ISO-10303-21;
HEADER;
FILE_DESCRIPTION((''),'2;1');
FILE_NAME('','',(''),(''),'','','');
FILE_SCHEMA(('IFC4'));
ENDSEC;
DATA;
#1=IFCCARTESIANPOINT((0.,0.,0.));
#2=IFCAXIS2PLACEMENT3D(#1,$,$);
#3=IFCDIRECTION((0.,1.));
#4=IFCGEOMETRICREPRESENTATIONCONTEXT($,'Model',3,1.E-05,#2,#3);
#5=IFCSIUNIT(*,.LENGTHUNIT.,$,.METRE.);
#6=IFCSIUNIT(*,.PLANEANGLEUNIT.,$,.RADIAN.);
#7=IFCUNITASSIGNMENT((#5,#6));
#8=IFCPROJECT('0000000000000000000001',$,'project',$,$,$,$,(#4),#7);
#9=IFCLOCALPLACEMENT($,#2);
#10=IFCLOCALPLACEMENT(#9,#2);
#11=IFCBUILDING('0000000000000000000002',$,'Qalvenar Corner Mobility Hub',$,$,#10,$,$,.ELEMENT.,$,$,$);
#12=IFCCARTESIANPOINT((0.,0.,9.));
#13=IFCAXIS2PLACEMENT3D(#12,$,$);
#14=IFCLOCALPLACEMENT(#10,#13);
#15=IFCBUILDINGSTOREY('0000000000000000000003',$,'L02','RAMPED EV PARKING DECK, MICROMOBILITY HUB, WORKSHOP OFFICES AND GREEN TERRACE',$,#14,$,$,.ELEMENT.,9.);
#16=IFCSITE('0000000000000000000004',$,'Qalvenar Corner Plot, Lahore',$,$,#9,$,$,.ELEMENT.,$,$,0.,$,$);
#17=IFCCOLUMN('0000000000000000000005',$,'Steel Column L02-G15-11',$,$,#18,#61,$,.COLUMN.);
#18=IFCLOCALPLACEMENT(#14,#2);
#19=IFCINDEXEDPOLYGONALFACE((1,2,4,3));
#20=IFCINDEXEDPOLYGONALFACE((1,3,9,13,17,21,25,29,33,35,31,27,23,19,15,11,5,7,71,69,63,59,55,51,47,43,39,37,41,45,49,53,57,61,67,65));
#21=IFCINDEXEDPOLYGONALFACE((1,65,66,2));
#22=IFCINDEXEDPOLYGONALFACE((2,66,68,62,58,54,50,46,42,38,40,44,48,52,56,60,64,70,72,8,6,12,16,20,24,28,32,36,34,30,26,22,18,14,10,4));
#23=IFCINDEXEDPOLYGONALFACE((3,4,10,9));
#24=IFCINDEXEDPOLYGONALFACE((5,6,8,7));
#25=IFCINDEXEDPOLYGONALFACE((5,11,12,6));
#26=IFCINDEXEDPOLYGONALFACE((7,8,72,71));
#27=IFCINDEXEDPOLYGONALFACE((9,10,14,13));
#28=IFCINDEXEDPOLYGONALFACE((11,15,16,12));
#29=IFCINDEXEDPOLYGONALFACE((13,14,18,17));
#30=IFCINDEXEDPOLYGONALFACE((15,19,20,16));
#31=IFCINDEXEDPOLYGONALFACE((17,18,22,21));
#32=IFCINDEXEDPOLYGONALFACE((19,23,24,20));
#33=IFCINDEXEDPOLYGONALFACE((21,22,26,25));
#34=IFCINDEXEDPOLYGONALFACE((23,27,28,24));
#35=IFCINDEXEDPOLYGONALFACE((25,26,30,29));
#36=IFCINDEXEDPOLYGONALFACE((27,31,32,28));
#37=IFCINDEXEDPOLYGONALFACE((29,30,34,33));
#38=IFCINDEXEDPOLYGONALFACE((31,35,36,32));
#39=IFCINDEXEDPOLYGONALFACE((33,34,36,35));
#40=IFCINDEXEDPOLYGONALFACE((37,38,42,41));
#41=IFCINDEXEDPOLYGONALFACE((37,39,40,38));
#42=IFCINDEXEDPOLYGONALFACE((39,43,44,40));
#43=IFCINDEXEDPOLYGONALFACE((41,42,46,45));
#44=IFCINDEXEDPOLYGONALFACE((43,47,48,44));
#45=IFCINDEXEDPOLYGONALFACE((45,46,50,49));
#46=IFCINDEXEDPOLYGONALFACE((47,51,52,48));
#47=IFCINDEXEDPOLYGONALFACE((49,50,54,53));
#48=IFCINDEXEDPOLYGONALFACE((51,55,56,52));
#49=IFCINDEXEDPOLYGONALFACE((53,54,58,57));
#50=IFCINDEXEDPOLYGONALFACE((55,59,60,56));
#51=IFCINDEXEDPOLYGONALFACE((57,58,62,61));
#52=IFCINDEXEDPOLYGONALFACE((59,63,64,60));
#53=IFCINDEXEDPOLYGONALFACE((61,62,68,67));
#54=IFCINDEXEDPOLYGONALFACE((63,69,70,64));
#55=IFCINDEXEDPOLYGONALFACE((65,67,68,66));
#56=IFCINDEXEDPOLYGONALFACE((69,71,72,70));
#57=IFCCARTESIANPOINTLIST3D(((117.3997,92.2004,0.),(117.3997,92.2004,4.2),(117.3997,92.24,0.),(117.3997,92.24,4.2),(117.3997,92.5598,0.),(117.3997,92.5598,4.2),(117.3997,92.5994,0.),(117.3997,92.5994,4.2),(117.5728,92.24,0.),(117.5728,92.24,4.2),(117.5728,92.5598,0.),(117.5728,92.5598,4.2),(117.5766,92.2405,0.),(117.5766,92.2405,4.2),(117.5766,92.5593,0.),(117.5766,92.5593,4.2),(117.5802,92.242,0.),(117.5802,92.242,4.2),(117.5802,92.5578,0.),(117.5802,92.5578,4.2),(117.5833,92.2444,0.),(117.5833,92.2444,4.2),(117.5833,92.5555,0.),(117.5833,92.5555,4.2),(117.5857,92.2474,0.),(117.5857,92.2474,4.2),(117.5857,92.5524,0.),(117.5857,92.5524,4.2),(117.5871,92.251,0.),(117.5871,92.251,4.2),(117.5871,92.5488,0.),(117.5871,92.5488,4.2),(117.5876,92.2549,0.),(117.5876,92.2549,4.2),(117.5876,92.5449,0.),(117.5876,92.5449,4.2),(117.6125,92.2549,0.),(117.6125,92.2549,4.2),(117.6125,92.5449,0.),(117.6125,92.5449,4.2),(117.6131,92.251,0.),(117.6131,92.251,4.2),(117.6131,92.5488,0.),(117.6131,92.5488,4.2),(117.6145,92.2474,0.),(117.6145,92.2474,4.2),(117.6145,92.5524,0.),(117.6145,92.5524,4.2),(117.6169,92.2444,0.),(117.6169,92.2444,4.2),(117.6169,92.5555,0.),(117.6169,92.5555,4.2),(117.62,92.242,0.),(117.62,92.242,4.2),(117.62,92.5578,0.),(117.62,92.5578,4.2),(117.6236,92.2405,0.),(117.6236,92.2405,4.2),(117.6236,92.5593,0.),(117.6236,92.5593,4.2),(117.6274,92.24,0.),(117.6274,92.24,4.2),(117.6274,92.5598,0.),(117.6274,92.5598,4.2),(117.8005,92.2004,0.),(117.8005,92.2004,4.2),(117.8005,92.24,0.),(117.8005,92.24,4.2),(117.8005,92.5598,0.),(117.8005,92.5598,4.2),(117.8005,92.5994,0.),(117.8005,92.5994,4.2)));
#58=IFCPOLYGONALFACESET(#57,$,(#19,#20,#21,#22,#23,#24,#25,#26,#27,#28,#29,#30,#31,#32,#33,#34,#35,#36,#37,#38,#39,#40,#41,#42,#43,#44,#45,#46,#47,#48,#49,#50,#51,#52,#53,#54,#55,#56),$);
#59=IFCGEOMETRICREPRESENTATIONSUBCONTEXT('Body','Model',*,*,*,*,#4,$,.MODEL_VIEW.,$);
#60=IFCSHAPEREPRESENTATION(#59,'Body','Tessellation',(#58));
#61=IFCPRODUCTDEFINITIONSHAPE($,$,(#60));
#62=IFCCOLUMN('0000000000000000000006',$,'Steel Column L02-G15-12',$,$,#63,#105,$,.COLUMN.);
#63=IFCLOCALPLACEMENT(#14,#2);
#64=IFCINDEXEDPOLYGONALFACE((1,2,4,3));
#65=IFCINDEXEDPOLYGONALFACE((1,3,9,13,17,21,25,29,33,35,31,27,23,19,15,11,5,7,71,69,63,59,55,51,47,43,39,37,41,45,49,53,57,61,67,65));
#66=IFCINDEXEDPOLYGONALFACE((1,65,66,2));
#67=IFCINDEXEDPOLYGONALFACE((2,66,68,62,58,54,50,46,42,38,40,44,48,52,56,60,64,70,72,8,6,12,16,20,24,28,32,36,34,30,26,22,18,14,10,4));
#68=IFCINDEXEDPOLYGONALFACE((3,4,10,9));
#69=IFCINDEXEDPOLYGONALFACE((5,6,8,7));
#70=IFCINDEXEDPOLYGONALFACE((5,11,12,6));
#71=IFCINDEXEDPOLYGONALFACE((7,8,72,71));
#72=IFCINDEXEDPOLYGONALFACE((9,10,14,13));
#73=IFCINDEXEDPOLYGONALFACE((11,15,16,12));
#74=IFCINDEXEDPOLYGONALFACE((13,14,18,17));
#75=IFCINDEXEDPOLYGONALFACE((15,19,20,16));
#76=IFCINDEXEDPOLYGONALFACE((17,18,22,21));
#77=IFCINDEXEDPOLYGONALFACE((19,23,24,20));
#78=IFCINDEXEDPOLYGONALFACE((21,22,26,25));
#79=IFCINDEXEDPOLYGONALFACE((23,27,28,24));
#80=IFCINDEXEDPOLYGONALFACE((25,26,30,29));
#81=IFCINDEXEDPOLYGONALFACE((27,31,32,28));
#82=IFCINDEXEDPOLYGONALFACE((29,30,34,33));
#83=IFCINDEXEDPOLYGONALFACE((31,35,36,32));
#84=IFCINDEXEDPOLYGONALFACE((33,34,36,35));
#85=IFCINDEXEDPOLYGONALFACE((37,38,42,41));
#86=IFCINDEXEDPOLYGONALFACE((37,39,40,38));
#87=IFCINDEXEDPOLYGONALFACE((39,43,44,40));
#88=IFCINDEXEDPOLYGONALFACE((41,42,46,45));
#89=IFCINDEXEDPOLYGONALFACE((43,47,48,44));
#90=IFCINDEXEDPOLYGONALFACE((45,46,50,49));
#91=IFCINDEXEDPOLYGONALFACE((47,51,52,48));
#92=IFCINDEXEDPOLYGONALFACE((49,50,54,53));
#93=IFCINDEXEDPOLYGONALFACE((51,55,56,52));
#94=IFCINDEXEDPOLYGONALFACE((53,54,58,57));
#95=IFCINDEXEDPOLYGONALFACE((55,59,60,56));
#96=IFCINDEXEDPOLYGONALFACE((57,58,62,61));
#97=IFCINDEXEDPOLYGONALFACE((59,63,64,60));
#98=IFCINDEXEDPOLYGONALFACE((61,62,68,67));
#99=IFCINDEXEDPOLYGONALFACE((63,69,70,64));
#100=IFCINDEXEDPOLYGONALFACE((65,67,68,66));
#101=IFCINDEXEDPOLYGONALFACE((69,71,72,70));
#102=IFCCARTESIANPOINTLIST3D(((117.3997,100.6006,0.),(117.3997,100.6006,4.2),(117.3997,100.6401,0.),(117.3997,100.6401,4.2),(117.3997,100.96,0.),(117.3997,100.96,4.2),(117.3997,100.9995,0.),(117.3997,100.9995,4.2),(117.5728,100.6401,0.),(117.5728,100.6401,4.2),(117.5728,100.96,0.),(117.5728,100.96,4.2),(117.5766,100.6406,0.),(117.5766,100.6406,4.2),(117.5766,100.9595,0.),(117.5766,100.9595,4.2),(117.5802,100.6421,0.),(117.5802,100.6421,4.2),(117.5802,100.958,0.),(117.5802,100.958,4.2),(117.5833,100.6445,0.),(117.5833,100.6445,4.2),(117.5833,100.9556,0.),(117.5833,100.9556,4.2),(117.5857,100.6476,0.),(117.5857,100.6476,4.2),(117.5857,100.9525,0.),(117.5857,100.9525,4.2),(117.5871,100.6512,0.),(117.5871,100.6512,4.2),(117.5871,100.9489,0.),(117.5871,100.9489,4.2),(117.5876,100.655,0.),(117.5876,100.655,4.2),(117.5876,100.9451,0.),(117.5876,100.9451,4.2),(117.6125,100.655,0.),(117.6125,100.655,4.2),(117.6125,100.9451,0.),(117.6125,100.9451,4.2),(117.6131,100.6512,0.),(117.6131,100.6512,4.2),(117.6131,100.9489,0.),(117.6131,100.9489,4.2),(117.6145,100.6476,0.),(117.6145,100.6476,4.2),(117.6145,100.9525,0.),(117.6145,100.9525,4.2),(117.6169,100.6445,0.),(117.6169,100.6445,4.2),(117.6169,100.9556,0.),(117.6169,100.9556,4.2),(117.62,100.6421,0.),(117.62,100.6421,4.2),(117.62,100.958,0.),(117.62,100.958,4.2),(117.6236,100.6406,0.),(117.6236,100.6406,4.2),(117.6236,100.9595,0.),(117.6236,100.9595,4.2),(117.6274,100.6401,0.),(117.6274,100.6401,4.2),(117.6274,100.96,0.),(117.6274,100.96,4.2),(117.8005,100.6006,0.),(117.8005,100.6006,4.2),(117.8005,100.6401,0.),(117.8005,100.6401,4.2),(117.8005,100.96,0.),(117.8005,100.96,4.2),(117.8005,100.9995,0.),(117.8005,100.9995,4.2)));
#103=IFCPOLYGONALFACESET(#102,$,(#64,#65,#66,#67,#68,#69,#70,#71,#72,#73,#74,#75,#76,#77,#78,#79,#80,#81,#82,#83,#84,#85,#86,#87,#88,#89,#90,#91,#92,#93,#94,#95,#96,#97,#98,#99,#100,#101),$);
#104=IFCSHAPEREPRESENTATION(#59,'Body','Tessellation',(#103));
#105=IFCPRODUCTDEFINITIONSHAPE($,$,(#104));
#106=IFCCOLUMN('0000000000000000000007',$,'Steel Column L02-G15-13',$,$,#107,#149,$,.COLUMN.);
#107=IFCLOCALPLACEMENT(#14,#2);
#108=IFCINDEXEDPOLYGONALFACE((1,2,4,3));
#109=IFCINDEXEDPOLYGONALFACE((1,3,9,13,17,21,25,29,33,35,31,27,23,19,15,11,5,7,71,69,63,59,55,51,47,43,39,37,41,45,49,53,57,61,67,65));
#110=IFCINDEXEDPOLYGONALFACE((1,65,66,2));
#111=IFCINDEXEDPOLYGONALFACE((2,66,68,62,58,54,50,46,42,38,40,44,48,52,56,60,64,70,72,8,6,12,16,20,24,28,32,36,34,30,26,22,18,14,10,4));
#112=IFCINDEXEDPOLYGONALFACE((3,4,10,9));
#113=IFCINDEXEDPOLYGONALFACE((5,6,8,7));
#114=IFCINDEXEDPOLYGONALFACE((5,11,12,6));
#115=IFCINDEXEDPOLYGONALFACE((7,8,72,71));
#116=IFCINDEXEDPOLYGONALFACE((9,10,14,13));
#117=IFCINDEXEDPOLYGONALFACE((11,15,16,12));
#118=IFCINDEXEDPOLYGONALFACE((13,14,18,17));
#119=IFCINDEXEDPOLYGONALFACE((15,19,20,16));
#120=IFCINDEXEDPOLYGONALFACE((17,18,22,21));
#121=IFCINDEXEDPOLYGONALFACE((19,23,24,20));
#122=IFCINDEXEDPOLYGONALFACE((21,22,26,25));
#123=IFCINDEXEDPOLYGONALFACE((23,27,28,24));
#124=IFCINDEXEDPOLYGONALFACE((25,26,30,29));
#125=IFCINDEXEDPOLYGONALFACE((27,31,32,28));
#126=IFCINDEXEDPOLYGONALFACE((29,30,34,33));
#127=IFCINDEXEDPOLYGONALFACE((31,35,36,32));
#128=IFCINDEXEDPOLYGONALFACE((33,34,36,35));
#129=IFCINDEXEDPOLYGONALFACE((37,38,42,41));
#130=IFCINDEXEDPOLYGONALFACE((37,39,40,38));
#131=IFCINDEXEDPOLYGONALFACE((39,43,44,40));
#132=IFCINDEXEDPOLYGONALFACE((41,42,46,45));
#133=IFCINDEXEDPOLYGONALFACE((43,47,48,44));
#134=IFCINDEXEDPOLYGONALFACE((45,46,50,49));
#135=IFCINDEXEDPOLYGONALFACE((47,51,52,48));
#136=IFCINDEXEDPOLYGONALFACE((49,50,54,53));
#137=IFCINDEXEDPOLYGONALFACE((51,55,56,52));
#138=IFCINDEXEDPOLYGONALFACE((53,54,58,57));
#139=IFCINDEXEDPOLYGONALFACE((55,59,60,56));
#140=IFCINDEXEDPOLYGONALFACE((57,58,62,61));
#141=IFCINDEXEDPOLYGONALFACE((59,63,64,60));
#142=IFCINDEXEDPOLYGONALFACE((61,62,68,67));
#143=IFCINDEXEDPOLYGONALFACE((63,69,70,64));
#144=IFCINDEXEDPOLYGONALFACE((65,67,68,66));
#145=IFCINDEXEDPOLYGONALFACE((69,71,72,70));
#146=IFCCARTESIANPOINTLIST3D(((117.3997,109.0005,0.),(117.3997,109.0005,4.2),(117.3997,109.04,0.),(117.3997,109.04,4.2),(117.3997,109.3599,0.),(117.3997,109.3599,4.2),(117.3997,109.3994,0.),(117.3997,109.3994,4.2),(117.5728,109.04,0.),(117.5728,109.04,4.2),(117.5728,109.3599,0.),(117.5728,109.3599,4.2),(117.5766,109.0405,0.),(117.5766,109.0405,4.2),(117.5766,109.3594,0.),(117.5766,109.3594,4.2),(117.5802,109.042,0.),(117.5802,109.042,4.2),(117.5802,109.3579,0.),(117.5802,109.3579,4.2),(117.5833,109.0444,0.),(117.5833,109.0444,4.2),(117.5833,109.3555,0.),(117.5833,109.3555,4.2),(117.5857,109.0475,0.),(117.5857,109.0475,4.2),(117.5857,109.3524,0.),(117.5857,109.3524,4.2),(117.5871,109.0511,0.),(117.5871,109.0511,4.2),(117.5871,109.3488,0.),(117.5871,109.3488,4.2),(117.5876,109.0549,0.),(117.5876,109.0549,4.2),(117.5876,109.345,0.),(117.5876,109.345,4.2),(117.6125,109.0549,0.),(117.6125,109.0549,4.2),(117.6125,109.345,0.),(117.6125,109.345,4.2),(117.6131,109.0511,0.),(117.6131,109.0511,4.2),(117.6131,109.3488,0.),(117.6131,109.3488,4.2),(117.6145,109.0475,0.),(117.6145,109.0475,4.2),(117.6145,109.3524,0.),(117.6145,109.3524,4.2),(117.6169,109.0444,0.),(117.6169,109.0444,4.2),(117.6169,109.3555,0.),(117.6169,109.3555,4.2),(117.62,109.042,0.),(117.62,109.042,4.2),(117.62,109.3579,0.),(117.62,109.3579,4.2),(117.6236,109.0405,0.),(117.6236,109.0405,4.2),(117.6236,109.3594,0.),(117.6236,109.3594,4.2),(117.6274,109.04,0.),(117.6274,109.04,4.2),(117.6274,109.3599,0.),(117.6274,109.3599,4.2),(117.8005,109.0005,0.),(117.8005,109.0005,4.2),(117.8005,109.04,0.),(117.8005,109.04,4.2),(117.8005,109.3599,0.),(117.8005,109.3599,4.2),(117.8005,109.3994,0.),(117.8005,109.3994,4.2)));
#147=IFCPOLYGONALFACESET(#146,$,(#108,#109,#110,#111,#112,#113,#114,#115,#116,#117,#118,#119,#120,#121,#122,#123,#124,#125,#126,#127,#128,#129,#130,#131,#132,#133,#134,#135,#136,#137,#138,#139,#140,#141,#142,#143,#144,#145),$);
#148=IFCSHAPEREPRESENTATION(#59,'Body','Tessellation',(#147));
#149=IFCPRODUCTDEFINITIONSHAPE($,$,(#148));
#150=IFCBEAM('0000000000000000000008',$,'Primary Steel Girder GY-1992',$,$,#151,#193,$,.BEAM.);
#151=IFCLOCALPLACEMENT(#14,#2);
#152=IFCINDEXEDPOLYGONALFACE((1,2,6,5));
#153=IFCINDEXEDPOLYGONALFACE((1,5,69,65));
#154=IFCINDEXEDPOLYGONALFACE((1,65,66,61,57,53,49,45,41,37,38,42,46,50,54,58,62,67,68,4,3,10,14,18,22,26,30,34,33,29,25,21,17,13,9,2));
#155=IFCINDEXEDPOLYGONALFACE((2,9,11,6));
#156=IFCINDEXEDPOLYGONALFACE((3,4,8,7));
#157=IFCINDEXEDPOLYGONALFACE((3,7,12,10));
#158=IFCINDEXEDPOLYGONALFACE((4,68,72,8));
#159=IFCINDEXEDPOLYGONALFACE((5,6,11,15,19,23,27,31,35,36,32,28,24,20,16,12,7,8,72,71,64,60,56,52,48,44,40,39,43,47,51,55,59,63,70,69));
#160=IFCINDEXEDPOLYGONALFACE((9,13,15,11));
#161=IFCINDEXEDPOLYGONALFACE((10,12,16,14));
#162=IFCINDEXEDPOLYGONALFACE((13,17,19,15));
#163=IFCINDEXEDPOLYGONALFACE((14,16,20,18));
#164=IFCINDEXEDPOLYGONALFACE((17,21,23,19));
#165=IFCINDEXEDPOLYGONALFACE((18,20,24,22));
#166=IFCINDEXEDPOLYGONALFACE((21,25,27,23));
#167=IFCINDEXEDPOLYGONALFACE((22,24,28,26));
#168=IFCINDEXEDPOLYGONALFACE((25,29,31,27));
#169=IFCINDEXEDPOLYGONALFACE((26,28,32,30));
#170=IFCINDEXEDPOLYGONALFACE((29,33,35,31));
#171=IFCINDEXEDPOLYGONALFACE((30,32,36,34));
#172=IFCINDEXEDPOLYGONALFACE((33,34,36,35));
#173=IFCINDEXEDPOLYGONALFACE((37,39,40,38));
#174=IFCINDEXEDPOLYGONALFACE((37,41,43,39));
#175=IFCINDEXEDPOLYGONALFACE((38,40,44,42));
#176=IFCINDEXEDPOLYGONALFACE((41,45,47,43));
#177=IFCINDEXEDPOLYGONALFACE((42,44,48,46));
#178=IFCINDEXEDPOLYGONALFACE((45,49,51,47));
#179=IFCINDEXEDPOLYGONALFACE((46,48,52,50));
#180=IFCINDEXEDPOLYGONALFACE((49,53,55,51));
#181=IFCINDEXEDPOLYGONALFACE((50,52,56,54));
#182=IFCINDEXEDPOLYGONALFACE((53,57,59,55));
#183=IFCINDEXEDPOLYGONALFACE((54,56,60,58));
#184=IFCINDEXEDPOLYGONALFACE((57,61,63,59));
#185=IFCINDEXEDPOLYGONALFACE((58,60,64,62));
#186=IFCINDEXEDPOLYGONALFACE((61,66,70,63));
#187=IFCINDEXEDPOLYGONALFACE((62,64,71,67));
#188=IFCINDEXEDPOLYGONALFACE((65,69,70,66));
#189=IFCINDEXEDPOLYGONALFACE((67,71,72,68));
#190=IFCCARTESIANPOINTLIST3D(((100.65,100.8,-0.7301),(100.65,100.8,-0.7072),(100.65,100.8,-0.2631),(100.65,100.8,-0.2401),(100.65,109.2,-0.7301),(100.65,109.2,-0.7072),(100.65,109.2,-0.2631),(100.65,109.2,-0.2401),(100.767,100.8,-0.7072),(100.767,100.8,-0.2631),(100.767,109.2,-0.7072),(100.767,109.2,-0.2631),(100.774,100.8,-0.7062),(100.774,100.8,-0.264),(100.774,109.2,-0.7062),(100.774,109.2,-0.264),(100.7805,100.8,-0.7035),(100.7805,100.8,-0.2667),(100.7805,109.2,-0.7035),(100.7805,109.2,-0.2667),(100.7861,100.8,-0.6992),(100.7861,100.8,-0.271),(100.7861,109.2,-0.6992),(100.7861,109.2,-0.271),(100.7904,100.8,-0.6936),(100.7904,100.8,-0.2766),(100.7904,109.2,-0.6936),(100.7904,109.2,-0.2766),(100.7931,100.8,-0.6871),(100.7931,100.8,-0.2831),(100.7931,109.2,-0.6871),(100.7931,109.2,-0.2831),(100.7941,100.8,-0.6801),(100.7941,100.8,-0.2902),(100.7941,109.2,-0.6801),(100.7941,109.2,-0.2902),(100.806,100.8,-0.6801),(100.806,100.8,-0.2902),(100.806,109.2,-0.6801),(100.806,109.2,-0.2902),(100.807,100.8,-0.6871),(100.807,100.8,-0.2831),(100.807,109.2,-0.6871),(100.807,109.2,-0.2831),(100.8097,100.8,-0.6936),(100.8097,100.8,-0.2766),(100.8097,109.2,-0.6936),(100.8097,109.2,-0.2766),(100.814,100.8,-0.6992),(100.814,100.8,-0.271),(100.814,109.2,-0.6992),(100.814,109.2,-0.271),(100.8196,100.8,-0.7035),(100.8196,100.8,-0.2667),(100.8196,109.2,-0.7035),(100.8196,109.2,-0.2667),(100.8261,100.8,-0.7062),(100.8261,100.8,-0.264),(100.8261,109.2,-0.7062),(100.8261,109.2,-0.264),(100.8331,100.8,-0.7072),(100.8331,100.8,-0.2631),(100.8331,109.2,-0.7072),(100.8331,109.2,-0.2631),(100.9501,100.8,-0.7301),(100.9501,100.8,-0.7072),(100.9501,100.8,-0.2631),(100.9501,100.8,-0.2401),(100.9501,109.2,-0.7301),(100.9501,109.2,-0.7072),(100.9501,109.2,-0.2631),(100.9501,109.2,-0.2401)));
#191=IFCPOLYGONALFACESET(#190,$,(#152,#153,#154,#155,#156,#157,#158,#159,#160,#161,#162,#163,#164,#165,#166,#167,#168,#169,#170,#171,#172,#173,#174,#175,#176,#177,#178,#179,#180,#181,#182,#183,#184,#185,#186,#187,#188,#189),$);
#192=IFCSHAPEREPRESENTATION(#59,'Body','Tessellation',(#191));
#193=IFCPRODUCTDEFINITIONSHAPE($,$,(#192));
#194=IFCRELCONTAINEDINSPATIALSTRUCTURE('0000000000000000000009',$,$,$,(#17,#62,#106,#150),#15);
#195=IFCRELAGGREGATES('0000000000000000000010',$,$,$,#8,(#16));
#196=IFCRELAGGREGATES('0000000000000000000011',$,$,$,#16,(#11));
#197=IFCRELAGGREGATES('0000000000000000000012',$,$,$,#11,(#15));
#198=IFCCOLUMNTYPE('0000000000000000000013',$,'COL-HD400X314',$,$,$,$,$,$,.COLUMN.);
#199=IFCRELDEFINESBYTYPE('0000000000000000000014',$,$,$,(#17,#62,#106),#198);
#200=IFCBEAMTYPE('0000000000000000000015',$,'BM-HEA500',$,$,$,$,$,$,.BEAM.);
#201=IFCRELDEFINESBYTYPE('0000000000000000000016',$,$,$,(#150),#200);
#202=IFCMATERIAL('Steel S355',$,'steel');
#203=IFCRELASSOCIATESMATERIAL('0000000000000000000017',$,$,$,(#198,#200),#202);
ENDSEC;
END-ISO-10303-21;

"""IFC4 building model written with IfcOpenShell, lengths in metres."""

from ifc_helpers import new_model, si_unit, direction, frame, origin, origin_2d, place, context, subcontext, project, spatial, i_section, extrude, material, material_profile, profile_set, type_object, element, save


model = new_model("IFC4")

# Units and contexts
model_context = context("Model", 3, precision=1e-05, world=origin(), true_north=direction((0.0, 1.0)))
body_context = subcontext(model_context, "Body", "Model", "MODEL_VIEW")
ifc_project = project(units=[si_unit("LENGTHUNIT", "METRE"), si_unit("PLANEANGLEUNIT", "RADIAN")], contexts=[model_context])

# Site, building, storey
site_placement = place(None, origin())
site = spatial("IfcSite", under=ifc_project, at=site_placement, Name="Qalvenar Corner Plot, Lahore", CompositionType="ELEMENT", RefElevation=0.0)
building_placement = place(site_placement, origin())
building = spatial("IfcBuilding", under=site, at=building_placement, Name="Qalvenar Corner Mobility Hub", CompositionType="ELEMENT")
storey_placement = place(building_placement, frame((0.0, 0.0, 9.0)))
storey = spatial("IfcBuildingStorey", under=building, at=storey_placement, Name="L02", Description="RAMPED EV PARKING DECK, MICROMOBILITY HUB, WORKSHOP OFFICES AND GREEN TERRACE", CompositionType="ELEMENT", Elevation=9.0)

# Columns
ifc_material = material(Name="Steel S355", Category="steel")
ifc_material_profile_1 = material_profile(ifc_material, i_section(OverallWidth=0.4009, OverallDepth=0.3989, WebThickness=0.0249, FlangeThickness=0.0396, FilletRadius=0.0149, at=origin_2d()), Name="HD400x314")
ifc_profile_set_1 = profile_set([ifc_material_profile_1], Name="Steel S355")
column_type_1 = type_object("IfcColumnType", Name="COL-HD400X314", PredefinedType="COLUMN", material=ifc_profile_set_1)
for number, where, z_axis, x_axis, name in (
    (1, (117.6001, 92.3999, 0.0), (0.0, 0.0, 1.0), (1.0, 0.0, 0.0), "Steel Column L02-G15-11"),
    (2, (117.6001, 100.8, 0.0), (0.0, 0.0, 1.0), (1.0, 0.0, 0.0), "Steel Column L02-G15-12"),
    (3, (117.6001, 109.2, 0.0), (0.0, 0.0, 1.0), (1.0, 0.0, 0.0), "Steel Column L02-G15-13"),
):
    element("IfcColumn", number, at=place(storey_placement, frame(where, z_axis=z_axis, x_axis=x_axis)), inside=storey, type_object=column_type_1, Name=name, PredefinedType="COLUMN", context=body_context, shape_type="SweptSolid", body=[
        extrude(i_section(OverallWidth=0.4009, OverallDepth=0.3989, WebThickness=0.0249, FlangeThickness=0.0396, FilletRadius=0.0149, at=origin_2d()), origin(), (0.0, 0.0, 1.0), 4.2),
    ])

# Beam
ifc_material_profile_2 = material_profile(ifc_material, i_section(OverallWidth=0.3, OverallDepth=0.49, WebThickness=0.012, FlangeThickness=0.0229, FilletRadius=0.0271, at=origin_2d()), Name="HEA500")
ifc_profile_set_2 = profile_set([ifc_material_profile_2], Name="Steel S355")
beam_type_1 = type_object("IfcBeamType", Name="BM-HEA500", PredefinedType="BEAM", material=ifc_profile_set_2)
beam_1_placement = place(storey_placement, frame((100.8, 100.8, -0.4851), z_axis=(0.0, 1.0, 0.0), x_axis=(-1.0, 0.0, 0.0)))
element("IfcBeam", 4, at=beam_1_placement, inside=storey, type_object=beam_type_1, Name="Primary Steel Girder GY-1992", PredefinedType="BEAM", context=body_context, shape_type="SweptSolid", body=[
    extrude(i_section(OverallWidth=0.3, OverallDepth=0.49, WebThickness=0.012, FlangeThickness=0.0229, FilletRadius=0.0271, at=origin_2d()), origin(), (0.0, 0.0, 1.0), 8.3999),
])

save(model, "model.ifc")
